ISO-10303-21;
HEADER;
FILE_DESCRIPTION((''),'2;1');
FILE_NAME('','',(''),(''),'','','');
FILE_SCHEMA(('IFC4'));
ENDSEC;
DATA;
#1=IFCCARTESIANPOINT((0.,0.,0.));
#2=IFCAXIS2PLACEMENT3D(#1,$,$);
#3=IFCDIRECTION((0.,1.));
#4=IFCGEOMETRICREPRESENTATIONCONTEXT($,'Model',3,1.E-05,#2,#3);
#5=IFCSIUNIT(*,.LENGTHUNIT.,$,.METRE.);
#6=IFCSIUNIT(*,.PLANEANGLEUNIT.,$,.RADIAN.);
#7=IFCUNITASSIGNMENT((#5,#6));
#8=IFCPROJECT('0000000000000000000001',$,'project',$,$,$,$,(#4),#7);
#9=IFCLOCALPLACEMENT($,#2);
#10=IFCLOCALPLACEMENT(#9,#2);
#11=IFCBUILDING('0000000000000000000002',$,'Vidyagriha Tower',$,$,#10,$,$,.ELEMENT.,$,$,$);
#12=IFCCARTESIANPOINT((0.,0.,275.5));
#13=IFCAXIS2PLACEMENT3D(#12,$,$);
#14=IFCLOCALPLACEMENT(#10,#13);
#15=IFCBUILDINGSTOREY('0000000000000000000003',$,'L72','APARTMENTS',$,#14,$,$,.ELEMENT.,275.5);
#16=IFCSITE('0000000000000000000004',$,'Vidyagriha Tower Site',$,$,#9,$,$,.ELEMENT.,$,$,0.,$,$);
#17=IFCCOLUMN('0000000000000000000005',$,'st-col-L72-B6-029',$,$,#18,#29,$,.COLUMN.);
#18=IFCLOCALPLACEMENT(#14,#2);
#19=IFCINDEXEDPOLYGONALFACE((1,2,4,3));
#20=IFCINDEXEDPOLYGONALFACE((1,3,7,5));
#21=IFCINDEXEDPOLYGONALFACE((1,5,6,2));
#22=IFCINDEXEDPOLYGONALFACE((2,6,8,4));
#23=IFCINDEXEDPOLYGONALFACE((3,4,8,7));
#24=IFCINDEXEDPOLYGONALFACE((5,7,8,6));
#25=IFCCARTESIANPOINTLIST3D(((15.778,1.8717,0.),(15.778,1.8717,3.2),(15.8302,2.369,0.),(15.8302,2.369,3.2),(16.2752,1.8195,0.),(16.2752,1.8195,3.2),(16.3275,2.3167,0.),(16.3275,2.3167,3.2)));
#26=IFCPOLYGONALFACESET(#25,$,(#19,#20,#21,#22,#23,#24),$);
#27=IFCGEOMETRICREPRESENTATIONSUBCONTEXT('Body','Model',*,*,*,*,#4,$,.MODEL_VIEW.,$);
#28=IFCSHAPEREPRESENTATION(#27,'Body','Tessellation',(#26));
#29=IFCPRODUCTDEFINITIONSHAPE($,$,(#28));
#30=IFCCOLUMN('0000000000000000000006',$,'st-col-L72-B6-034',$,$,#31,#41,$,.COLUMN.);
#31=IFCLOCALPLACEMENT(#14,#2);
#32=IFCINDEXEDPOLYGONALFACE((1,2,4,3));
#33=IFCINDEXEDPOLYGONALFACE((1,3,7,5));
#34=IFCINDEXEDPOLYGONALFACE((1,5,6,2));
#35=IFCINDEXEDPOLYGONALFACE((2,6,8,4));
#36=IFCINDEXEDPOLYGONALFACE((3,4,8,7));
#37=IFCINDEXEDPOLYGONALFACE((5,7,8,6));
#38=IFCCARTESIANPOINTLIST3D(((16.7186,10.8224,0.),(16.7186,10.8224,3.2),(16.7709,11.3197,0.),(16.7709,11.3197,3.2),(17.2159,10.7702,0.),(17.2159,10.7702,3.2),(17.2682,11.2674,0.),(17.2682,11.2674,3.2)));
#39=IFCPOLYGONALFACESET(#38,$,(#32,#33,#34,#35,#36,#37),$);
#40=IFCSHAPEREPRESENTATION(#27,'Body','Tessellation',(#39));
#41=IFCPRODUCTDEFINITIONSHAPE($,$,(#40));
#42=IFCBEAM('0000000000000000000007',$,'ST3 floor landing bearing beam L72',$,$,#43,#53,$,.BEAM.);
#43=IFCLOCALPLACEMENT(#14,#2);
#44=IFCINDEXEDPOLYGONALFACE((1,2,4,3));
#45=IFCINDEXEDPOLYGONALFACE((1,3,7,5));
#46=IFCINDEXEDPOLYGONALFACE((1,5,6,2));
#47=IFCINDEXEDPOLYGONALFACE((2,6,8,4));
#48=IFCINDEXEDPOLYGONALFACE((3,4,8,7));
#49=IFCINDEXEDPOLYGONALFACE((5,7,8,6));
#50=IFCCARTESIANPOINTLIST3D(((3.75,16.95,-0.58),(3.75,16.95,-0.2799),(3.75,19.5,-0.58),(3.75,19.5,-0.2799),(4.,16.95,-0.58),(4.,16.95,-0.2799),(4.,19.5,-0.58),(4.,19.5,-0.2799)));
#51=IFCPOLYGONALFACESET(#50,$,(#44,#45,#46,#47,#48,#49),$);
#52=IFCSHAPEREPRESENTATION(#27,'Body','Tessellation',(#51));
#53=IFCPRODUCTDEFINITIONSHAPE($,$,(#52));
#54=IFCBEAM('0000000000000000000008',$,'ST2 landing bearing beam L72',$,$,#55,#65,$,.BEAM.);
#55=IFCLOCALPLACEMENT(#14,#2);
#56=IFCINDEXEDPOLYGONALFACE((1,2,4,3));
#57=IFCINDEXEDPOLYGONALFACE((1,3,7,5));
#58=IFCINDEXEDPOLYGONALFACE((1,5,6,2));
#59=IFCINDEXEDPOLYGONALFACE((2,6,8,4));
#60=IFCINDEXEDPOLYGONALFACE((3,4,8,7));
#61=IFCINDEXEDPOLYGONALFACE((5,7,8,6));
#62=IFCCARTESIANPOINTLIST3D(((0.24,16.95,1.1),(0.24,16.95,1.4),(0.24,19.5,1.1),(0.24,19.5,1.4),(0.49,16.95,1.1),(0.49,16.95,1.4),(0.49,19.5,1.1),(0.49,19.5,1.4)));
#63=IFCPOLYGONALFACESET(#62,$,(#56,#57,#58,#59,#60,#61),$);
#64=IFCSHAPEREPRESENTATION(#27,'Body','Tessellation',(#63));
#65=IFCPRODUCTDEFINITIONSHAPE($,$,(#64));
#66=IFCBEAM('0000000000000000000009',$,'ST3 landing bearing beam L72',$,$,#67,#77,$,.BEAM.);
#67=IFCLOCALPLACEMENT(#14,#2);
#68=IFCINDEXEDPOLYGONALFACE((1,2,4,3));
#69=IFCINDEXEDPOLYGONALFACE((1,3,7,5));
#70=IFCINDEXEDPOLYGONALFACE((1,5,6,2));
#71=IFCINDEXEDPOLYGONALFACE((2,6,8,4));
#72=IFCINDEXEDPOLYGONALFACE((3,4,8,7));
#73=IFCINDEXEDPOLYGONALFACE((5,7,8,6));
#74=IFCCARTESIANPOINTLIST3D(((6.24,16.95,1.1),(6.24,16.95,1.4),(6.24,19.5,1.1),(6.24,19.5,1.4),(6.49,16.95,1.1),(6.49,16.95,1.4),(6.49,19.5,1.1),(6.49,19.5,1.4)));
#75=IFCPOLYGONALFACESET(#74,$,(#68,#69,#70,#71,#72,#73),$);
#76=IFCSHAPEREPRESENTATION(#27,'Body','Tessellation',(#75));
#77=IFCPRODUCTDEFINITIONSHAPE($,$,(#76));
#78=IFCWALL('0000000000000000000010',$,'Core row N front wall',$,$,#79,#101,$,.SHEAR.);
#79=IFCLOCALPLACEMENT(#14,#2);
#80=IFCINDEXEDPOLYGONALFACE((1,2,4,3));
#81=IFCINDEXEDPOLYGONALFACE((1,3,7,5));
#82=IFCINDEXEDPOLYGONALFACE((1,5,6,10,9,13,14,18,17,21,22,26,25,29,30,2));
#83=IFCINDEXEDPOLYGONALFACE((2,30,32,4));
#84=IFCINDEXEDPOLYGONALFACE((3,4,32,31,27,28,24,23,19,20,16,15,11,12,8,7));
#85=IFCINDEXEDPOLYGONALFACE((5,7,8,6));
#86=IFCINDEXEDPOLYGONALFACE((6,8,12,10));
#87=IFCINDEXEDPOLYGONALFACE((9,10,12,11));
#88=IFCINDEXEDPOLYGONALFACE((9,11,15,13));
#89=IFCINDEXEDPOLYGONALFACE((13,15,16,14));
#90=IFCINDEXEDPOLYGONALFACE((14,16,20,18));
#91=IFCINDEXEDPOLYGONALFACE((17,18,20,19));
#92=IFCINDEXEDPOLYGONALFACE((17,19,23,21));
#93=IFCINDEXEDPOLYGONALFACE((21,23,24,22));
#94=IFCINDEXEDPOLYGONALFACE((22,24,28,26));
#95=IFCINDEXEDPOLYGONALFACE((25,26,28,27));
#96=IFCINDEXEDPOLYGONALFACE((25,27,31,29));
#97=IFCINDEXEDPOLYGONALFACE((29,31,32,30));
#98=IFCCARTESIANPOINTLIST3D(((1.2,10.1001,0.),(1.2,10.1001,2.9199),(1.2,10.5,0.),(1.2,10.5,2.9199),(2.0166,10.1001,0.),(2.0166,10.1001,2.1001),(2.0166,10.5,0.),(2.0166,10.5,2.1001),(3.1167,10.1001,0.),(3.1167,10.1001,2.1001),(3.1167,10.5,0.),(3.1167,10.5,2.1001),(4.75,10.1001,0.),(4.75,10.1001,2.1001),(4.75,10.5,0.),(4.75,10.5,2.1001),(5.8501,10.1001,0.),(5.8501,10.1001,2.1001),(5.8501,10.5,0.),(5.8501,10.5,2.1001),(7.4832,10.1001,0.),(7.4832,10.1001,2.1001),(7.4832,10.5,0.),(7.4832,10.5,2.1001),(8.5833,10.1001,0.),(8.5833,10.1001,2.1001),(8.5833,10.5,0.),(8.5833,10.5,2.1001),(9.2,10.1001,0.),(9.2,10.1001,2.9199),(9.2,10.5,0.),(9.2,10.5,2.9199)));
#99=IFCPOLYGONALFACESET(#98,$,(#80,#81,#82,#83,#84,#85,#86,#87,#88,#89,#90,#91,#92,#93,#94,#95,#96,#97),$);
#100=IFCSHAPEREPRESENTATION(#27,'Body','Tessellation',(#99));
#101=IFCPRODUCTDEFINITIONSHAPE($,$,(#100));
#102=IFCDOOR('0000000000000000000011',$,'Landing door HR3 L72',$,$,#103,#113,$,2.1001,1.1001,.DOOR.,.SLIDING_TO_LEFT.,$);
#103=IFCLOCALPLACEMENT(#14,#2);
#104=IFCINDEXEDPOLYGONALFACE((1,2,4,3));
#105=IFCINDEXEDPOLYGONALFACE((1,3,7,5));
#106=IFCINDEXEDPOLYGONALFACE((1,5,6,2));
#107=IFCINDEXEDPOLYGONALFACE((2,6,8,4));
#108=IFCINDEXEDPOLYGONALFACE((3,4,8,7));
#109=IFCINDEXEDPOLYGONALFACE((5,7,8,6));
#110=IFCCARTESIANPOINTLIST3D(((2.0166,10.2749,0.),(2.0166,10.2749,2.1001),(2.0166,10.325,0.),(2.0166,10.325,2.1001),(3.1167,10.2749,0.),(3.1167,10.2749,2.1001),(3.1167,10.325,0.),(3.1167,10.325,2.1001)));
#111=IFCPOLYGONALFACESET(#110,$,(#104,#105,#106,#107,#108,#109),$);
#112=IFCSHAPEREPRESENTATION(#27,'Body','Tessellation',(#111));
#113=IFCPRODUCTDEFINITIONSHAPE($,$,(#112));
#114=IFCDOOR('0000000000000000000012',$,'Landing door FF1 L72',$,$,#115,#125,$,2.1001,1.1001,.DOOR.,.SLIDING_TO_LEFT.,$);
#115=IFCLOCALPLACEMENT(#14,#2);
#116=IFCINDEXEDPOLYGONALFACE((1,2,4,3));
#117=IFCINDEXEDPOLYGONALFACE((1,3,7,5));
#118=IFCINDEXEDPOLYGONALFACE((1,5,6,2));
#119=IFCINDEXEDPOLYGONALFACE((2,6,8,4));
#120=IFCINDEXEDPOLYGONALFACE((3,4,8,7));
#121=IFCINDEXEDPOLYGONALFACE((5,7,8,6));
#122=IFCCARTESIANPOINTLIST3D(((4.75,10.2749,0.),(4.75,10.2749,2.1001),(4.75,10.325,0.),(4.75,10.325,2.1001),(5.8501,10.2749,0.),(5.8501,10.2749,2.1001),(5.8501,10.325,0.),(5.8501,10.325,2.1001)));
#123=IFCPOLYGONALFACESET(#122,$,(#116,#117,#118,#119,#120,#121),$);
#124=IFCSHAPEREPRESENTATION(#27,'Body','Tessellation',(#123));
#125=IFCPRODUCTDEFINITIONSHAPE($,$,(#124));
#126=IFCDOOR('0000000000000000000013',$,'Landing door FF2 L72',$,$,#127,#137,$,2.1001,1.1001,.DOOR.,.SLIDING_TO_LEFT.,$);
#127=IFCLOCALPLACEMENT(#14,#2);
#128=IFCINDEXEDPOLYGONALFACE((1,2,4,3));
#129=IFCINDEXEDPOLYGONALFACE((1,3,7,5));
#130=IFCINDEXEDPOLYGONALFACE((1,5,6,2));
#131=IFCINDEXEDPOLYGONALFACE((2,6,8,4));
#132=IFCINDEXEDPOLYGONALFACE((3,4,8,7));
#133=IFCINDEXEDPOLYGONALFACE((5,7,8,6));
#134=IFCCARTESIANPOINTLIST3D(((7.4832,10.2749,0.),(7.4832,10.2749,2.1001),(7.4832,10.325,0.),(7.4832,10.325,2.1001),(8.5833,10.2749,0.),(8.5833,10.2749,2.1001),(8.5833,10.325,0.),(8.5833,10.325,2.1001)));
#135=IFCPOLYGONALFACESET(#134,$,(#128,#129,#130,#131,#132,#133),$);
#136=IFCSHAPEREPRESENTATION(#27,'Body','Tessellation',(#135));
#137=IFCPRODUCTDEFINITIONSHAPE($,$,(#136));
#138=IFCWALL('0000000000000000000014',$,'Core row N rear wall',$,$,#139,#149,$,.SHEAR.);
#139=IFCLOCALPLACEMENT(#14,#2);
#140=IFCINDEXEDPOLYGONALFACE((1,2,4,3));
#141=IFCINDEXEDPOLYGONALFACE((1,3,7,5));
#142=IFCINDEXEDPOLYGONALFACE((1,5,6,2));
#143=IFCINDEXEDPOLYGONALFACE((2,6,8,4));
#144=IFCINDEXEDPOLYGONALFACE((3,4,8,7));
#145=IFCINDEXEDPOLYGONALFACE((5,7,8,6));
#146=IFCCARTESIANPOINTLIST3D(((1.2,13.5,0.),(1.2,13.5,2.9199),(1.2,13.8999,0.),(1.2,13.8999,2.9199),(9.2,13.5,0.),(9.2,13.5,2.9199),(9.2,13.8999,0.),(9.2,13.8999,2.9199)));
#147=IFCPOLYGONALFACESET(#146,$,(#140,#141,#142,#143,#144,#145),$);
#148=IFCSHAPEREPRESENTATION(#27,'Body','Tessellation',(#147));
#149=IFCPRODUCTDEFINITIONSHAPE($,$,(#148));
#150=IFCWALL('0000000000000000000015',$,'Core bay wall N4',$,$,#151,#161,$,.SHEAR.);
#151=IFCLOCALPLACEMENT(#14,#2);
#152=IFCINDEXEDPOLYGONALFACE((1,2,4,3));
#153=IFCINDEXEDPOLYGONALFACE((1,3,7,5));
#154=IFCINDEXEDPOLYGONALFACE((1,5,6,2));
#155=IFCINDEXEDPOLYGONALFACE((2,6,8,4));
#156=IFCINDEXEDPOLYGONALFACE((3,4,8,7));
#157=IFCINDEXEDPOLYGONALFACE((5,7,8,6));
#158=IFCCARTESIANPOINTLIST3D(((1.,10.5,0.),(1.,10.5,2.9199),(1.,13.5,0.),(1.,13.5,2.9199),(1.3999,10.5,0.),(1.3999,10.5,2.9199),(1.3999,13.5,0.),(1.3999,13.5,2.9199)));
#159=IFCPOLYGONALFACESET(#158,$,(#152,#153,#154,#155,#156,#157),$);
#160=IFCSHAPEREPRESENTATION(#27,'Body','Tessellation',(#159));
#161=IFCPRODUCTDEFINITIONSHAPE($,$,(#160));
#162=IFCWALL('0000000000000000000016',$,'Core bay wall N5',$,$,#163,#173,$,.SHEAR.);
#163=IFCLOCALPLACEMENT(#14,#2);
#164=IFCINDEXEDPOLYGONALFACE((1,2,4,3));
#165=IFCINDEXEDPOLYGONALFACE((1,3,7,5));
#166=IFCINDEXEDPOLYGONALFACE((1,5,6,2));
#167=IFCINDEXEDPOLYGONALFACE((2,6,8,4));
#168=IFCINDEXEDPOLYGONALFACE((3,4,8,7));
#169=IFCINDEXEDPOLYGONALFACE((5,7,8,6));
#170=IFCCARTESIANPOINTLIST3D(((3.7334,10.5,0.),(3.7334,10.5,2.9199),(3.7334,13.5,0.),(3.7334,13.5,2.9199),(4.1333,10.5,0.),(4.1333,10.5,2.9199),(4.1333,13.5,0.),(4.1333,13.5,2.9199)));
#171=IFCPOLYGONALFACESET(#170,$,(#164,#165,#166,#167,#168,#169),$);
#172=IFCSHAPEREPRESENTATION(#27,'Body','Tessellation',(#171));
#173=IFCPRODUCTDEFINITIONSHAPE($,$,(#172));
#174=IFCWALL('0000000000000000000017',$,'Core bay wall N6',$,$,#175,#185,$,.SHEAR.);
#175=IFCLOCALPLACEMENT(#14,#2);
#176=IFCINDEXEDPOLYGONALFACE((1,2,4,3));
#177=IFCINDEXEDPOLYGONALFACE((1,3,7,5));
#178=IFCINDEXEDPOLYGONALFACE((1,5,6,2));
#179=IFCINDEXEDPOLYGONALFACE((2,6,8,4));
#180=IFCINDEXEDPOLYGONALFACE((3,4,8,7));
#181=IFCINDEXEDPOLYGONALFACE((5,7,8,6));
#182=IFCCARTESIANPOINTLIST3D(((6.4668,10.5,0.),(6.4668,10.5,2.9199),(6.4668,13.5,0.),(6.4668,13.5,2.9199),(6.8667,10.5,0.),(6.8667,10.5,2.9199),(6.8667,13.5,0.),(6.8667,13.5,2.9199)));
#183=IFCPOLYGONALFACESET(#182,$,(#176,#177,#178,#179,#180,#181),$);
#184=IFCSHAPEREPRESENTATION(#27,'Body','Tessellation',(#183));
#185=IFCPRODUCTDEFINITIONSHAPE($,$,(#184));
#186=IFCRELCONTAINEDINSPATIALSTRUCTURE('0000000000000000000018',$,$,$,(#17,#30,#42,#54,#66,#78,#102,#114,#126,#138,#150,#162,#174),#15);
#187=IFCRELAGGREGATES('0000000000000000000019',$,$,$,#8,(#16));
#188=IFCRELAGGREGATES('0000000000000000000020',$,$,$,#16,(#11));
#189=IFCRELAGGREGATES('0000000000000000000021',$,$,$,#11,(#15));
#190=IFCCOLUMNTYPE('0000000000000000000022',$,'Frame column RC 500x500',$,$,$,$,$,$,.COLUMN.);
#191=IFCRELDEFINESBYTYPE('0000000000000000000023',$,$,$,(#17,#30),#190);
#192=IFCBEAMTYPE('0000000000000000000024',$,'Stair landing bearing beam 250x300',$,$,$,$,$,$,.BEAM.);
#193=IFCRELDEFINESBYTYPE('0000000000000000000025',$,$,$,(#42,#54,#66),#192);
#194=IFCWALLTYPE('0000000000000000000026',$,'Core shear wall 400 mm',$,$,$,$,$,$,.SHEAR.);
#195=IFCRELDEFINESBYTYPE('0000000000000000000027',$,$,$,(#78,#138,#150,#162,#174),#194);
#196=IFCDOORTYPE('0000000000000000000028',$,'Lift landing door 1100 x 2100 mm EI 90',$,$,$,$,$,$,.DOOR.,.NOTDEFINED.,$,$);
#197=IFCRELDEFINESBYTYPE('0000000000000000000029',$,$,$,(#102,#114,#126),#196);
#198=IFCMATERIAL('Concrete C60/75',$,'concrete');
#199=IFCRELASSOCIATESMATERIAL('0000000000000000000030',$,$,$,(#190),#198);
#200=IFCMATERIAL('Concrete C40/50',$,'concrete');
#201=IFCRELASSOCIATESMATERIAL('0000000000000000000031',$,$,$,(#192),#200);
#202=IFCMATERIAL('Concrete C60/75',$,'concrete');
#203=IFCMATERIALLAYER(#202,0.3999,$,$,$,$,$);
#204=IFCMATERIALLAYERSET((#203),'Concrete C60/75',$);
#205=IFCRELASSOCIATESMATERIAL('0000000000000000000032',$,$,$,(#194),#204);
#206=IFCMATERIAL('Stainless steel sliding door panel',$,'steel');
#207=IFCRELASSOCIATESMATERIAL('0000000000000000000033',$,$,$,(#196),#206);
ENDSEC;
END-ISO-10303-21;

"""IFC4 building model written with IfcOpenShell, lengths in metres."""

from ifc_helpers import new_model, si_unit, direction, frame, frame_2d, origin, origin_2d, place, context, subcontext, project, spatial, rectangle, extrude, material, layer, layer_set, material_profile, profile_set, type_object, element, fill, save


model = new_model("IFC4")

# Units and contexts
model_context = context("Model", 3, precision=1e-05, world=origin(), true_north=direction((0.0, 1.0)))
body_context = subcontext(model_context, "Body", "Model", "MODEL_VIEW")
ifc_project = project(units=[si_unit("LENGTHUNIT", "METRE"), si_unit("PLANEANGLEUNIT", "RADIAN")], contexts=[model_context])

# Site, building, storey
site_placement = place(None, origin())
site = spatial("IfcSite", under=ifc_project, at=site_placement, Name="Vidyagriha Tower Site", CompositionType="ELEMENT", RefElevation=0.0)
building_placement = place(site_placement, origin())
building = spatial("IfcBuilding", under=site, at=building_placement, Name="Vidyagriha Tower", CompositionType="ELEMENT")
storey_placement = place(building_placement, frame((0.0, 0.0, 275.5)))
storey = spatial("IfcBuildingStorey", under=building, at=storey_placement, Name="L72", Description="APARTMENTS", CompositionType="ELEMENT", Elevation=275.5)

# Columns
ifc_material_1 = material(Name="Concrete C60/75", Category="concrete")
ifc_material_profile_1 = material_profile(ifc_material_1, rectangle(XDim=0.5, YDim=0.5, at=origin_2d()), Name="RC 500x500")
ifc_profile_set_1 = profile_set([ifc_material_profile_1], Name="Concrete C60/75")
column_type = type_object("IfcColumnType", Name="Frame column RC 500x500", PredefinedType="COLUMN", material=ifc_profile_set_1)
for number, where, z_axis, x_axis, name in (
    (1, (16.0527, 2.0942, 0.0), (0.0, 0.0, 1.0), (0.994522, -0.104528, 0.0), "st-col-L72-B6-029"),
    (2, (16.9934, 11.0449, 0.0), (0.0, 0.0, 1.0), (0.994522, -0.104528, 0.0), "st-col-L72-B6-034"),
):
    element("IfcColumn", number, at=place(storey_placement, frame(where, z_axis=z_axis, x_axis=x_axis)), inside=storey, type_object=column_type, Name=name, PredefinedType="COLUMN", context=body_context, shape_type="SweptSolid", body=[
        extrude(rectangle(XDim=0.5, YDim=0.5, at=origin_2d()), origin(), (0.0, 0.0, 1.0), 3.2),
    ])

# Beams
ifc_material_2 = material(Name="Concrete C40/50", Category="concrete")
ifc_material_profile_2 = material_profile(ifc_material_2, rectangle(XDim=0.25, YDim=0.3, at=origin_2d()), Name="Stair landing bearing beam 250x300")
ifc_profile_set_2 = profile_set([ifc_material_profile_2], Name="Concrete C40/50")
beam_type = type_object("IfcBeamType", Name="Stair landing bearing beam 250x300", PredefinedType="BEAM", material=ifc_profile_set_2)
for number, where, z_axis, x_axis, name in (
    (3, (3.875, 16.95, -0.4299), (0.0, 1.0, 0.0), (-1.0, 0.0, 0.0), "ST3 floor landing bearing beam L72"),
    (4, (0.365, 16.95, 1.25), (0.0, 1.0, 0.0), (-1.0, 0.0, 0.0), "ST2 landing bearing beam L72"),
    (5, (6.365, 16.95, 1.25), (0.0, 1.0, 0.0), (-1.0, 0.0, 0.0), "ST3 landing bearing beam L72"),
):
    element("IfcBeam", number, at=place(storey_placement, frame(where, z_axis=z_axis, x_axis=x_axis)), inside=storey, type_object=beam_type, Name=name, PredefinedType="BEAM", context=body_context, shape_type="SweptSolid", body=[
        extrude(rectangle(XDim=0.25, YDim=0.3, at=origin_2d()), origin(), (0.0, 0.0, 1.0), 2.55),
    ])

# Wall, openings, doors
ifc_material_3 = material(Name="Concrete C60/75", Category="concrete")
ifc_layer_1 = layer(ifc_material_3, 0.3999)
ifc_layer_set_1 = layer_set([ifc_layer_1], Name="Concrete C60/75")
wall_type_1 = type_object("IfcWallType", Name="Core shear wall 400 mm", PredefinedType="SHEAR", material=ifc_layer_set_1)
wall_1_placement = place(storey_placement, frame((1.2, 10.3, 0.0)))
wall_1 = element("IfcWall", 6, at=wall_1_placement, inside=storey, type_object=wall_type_1, Name="Core row N front wall", PredefinedType="SHEAR", context=body_context, shape_type="SweptSolid", body=[
    extrude(rectangle(XDim=8.0, YDim=0.3999, at=frame_2d((4.0, 0.0))), origin(), (0.0, 0.0, 1.0), 2.9199),
])
opening_1_placement = place(wall_1_placement, frame((0.8167, 0.0, 0.0)))
opening_1 = element("IfcOpeningElement", 7, at=opening_1_placement, cuts=wall_1, PredefinedType="OPENING", context=body_context, shape_type="SweptSolid", body=[
    extrude(rectangle(XDim=1.1001, YDim=2.1001, at=frame_2d((0.55, 1.05))), frame((0.0, 0.21, 0.0), z_axis=(0.0, -1.0, 0.0), x_axis=(1.0, 0.0, 0.0)), (0.0, 0.0, 1.0), 0.4199),
])
opening_2_placement = place(wall_1_placement, frame((3.55, 0.0, 0.0)))
opening_2 = element("IfcOpeningElement", 8, at=opening_2_placement, cuts=wall_1, PredefinedType="OPENING", context=body_context, shape_type="SweptSolid", body=[
    extrude(rectangle(XDim=1.1001, YDim=2.1001, at=frame_2d((0.55, 1.05))), frame((0.0, 0.21, 0.0), z_axis=(0.0, -1.0, 0.0), x_axis=(1.0, 0.0, 0.0)), (0.0, 0.0, 1.0), 0.4199),
])
opening_3_placement = place(wall_1_placement, frame((6.2832, 0.0, 0.0)))
opening_3 = element("IfcOpeningElement", 9, at=opening_3_placement, cuts=wall_1, PredefinedType="OPENING", context=body_context, shape_type="SweptSolid", body=[
    extrude(rectangle(XDim=1.1001, YDim=2.1001, at=frame_2d((0.55, 1.05))), frame((0.0, 0.21, 0.0), z_axis=(0.0, -1.0, 0.0), x_axis=(1.0, 0.0, 0.0)), (0.0, 0.0, 1.0), 0.4199),
])
ifc_material_4 = material(Name="Stainless steel sliding door panel", Category="steel")
door_type_1 = type_object("IfcDoorType", Name="Lift landing door 1100 x 2100 mm EI 90", OperationType="NOTDEFINED", PredefinedType="DOOR", material=ifc_material_4)
door_1_placement = place(opening_1_placement, origin())
door_1 = element("IfcDoor", 10, at=door_1_placement, inside=storey, type_object=door_type_1, Name="Landing door HR3 L72", OperationType="SLIDING_TO_LEFT", OverallHeight=2.1001, OverallWidth=1.1001, PredefinedType="DOOR", context=body_context, shape_type="SweptSolid", body=[
    extrude(rectangle(XDim=1.1001, YDim=2.1001, at=frame_2d((0.55, 1.05))), frame((0.0, 0.0249, 0.0), z_axis=(0.0, -1.0, 0.0), x_axis=(1.0, 0.0, 0.0)), (0.0, 0.0, 1.0), 0.05),
])
fill(opening_1, door_1)
door_2_placement = place(opening_2_placement, origin())
door_2 = element("IfcDoor", 11, at=door_2_placement, inside=storey, type_object=door_type_1, Name="Landing door FF1 L72", OperationType="SLIDING_TO_LEFT", OverallHeight=2.1001, OverallWidth=1.1001, PredefinedType="DOOR", context=body_context, shape_type="SweptSolid", body=[
    extrude(rectangle(XDim=1.1001, YDim=2.1001, at=frame_2d((0.55, 1.05))), frame((0.0, 0.0249, 0.0), z_axis=(0.0, -1.0, 0.0), x_axis=(1.0, 0.0, 0.0)), (0.0, 0.0, 1.0), 0.05),
])
fill(opening_2, door_2)
door_3_placement = place(opening_3_placement, origin())
door_3 = element("IfcDoor", 12, at=door_3_placement, inside=storey, type_object=door_type_1, Name="Landing door FF2 L72", OperationType="SLIDING_TO_LEFT", OverallHeight=2.1001, OverallWidth=1.1001, PredefinedType="DOOR", context=body_context, shape_type="SweptSolid", body=[
    extrude(rectangle(XDim=1.1001, YDim=2.1001, at=frame_2d((0.55, 1.05))), frame((0.0, 0.0249, 0.0), z_axis=(0.0, -1.0, 0.0), x_axis=(1.0, 0.0, 0.0)), (0.0, 0.0, 1.0), 0.05),
])
fill(opening_3, door_3)

# Walls
wall_2_placement = place(storey_placement, frame((1.2, 13.7, 0.0)))
element("IfcWall", 13, at=wall_2_placement, inside=storey, type_object=wall_type_1, Name="Core row N rear wall", PredefinedType="SHEAR", context=body_context, shape_type="SweptSolid", body=[
    extrude(rectangle(XDim=8.0, YDim=0.3999, at=frame_2d((4.0, 0.0))), origin(), (0.0, 0.0, 1.0), 2.9199),
])
for number, where, z_axis, x_axis, name in (
    (14, (1.2, 10.5, 0.0), (0.0, 0.0, 1.0), (0.0, 1.0, 0.0), "Core bay wall N4"),
    (15, (3.9333, 10.5, 0.0), (0.0, 0.0, 1.0), (0.0, 1.0, 0.0), "Core bay wall N5"),
    (16, (6.6667, 10.5, 0.0), (0.0, 0.0, 1.0), (0.0, 1.0, 0.0), "Core bay wall N6"),
):
    element("IfcWall", number, at=place(storey_placement, frame(where, z_axis=z_axis, x_axis=x_axis)), inside=storey, type_object=wall_type_1, Name=name, PredefinedType="SHEAR", context=body_context, shape_type="SweptSolid", body=[
        extrude(rectangle(XDim=3.0, YDim=0.3999, at=frame_2d((1.5, 0.0))), origin(), (0.0, 0.0, 1.0), 2.9199),
    ])

save(model, "model.ifc")
